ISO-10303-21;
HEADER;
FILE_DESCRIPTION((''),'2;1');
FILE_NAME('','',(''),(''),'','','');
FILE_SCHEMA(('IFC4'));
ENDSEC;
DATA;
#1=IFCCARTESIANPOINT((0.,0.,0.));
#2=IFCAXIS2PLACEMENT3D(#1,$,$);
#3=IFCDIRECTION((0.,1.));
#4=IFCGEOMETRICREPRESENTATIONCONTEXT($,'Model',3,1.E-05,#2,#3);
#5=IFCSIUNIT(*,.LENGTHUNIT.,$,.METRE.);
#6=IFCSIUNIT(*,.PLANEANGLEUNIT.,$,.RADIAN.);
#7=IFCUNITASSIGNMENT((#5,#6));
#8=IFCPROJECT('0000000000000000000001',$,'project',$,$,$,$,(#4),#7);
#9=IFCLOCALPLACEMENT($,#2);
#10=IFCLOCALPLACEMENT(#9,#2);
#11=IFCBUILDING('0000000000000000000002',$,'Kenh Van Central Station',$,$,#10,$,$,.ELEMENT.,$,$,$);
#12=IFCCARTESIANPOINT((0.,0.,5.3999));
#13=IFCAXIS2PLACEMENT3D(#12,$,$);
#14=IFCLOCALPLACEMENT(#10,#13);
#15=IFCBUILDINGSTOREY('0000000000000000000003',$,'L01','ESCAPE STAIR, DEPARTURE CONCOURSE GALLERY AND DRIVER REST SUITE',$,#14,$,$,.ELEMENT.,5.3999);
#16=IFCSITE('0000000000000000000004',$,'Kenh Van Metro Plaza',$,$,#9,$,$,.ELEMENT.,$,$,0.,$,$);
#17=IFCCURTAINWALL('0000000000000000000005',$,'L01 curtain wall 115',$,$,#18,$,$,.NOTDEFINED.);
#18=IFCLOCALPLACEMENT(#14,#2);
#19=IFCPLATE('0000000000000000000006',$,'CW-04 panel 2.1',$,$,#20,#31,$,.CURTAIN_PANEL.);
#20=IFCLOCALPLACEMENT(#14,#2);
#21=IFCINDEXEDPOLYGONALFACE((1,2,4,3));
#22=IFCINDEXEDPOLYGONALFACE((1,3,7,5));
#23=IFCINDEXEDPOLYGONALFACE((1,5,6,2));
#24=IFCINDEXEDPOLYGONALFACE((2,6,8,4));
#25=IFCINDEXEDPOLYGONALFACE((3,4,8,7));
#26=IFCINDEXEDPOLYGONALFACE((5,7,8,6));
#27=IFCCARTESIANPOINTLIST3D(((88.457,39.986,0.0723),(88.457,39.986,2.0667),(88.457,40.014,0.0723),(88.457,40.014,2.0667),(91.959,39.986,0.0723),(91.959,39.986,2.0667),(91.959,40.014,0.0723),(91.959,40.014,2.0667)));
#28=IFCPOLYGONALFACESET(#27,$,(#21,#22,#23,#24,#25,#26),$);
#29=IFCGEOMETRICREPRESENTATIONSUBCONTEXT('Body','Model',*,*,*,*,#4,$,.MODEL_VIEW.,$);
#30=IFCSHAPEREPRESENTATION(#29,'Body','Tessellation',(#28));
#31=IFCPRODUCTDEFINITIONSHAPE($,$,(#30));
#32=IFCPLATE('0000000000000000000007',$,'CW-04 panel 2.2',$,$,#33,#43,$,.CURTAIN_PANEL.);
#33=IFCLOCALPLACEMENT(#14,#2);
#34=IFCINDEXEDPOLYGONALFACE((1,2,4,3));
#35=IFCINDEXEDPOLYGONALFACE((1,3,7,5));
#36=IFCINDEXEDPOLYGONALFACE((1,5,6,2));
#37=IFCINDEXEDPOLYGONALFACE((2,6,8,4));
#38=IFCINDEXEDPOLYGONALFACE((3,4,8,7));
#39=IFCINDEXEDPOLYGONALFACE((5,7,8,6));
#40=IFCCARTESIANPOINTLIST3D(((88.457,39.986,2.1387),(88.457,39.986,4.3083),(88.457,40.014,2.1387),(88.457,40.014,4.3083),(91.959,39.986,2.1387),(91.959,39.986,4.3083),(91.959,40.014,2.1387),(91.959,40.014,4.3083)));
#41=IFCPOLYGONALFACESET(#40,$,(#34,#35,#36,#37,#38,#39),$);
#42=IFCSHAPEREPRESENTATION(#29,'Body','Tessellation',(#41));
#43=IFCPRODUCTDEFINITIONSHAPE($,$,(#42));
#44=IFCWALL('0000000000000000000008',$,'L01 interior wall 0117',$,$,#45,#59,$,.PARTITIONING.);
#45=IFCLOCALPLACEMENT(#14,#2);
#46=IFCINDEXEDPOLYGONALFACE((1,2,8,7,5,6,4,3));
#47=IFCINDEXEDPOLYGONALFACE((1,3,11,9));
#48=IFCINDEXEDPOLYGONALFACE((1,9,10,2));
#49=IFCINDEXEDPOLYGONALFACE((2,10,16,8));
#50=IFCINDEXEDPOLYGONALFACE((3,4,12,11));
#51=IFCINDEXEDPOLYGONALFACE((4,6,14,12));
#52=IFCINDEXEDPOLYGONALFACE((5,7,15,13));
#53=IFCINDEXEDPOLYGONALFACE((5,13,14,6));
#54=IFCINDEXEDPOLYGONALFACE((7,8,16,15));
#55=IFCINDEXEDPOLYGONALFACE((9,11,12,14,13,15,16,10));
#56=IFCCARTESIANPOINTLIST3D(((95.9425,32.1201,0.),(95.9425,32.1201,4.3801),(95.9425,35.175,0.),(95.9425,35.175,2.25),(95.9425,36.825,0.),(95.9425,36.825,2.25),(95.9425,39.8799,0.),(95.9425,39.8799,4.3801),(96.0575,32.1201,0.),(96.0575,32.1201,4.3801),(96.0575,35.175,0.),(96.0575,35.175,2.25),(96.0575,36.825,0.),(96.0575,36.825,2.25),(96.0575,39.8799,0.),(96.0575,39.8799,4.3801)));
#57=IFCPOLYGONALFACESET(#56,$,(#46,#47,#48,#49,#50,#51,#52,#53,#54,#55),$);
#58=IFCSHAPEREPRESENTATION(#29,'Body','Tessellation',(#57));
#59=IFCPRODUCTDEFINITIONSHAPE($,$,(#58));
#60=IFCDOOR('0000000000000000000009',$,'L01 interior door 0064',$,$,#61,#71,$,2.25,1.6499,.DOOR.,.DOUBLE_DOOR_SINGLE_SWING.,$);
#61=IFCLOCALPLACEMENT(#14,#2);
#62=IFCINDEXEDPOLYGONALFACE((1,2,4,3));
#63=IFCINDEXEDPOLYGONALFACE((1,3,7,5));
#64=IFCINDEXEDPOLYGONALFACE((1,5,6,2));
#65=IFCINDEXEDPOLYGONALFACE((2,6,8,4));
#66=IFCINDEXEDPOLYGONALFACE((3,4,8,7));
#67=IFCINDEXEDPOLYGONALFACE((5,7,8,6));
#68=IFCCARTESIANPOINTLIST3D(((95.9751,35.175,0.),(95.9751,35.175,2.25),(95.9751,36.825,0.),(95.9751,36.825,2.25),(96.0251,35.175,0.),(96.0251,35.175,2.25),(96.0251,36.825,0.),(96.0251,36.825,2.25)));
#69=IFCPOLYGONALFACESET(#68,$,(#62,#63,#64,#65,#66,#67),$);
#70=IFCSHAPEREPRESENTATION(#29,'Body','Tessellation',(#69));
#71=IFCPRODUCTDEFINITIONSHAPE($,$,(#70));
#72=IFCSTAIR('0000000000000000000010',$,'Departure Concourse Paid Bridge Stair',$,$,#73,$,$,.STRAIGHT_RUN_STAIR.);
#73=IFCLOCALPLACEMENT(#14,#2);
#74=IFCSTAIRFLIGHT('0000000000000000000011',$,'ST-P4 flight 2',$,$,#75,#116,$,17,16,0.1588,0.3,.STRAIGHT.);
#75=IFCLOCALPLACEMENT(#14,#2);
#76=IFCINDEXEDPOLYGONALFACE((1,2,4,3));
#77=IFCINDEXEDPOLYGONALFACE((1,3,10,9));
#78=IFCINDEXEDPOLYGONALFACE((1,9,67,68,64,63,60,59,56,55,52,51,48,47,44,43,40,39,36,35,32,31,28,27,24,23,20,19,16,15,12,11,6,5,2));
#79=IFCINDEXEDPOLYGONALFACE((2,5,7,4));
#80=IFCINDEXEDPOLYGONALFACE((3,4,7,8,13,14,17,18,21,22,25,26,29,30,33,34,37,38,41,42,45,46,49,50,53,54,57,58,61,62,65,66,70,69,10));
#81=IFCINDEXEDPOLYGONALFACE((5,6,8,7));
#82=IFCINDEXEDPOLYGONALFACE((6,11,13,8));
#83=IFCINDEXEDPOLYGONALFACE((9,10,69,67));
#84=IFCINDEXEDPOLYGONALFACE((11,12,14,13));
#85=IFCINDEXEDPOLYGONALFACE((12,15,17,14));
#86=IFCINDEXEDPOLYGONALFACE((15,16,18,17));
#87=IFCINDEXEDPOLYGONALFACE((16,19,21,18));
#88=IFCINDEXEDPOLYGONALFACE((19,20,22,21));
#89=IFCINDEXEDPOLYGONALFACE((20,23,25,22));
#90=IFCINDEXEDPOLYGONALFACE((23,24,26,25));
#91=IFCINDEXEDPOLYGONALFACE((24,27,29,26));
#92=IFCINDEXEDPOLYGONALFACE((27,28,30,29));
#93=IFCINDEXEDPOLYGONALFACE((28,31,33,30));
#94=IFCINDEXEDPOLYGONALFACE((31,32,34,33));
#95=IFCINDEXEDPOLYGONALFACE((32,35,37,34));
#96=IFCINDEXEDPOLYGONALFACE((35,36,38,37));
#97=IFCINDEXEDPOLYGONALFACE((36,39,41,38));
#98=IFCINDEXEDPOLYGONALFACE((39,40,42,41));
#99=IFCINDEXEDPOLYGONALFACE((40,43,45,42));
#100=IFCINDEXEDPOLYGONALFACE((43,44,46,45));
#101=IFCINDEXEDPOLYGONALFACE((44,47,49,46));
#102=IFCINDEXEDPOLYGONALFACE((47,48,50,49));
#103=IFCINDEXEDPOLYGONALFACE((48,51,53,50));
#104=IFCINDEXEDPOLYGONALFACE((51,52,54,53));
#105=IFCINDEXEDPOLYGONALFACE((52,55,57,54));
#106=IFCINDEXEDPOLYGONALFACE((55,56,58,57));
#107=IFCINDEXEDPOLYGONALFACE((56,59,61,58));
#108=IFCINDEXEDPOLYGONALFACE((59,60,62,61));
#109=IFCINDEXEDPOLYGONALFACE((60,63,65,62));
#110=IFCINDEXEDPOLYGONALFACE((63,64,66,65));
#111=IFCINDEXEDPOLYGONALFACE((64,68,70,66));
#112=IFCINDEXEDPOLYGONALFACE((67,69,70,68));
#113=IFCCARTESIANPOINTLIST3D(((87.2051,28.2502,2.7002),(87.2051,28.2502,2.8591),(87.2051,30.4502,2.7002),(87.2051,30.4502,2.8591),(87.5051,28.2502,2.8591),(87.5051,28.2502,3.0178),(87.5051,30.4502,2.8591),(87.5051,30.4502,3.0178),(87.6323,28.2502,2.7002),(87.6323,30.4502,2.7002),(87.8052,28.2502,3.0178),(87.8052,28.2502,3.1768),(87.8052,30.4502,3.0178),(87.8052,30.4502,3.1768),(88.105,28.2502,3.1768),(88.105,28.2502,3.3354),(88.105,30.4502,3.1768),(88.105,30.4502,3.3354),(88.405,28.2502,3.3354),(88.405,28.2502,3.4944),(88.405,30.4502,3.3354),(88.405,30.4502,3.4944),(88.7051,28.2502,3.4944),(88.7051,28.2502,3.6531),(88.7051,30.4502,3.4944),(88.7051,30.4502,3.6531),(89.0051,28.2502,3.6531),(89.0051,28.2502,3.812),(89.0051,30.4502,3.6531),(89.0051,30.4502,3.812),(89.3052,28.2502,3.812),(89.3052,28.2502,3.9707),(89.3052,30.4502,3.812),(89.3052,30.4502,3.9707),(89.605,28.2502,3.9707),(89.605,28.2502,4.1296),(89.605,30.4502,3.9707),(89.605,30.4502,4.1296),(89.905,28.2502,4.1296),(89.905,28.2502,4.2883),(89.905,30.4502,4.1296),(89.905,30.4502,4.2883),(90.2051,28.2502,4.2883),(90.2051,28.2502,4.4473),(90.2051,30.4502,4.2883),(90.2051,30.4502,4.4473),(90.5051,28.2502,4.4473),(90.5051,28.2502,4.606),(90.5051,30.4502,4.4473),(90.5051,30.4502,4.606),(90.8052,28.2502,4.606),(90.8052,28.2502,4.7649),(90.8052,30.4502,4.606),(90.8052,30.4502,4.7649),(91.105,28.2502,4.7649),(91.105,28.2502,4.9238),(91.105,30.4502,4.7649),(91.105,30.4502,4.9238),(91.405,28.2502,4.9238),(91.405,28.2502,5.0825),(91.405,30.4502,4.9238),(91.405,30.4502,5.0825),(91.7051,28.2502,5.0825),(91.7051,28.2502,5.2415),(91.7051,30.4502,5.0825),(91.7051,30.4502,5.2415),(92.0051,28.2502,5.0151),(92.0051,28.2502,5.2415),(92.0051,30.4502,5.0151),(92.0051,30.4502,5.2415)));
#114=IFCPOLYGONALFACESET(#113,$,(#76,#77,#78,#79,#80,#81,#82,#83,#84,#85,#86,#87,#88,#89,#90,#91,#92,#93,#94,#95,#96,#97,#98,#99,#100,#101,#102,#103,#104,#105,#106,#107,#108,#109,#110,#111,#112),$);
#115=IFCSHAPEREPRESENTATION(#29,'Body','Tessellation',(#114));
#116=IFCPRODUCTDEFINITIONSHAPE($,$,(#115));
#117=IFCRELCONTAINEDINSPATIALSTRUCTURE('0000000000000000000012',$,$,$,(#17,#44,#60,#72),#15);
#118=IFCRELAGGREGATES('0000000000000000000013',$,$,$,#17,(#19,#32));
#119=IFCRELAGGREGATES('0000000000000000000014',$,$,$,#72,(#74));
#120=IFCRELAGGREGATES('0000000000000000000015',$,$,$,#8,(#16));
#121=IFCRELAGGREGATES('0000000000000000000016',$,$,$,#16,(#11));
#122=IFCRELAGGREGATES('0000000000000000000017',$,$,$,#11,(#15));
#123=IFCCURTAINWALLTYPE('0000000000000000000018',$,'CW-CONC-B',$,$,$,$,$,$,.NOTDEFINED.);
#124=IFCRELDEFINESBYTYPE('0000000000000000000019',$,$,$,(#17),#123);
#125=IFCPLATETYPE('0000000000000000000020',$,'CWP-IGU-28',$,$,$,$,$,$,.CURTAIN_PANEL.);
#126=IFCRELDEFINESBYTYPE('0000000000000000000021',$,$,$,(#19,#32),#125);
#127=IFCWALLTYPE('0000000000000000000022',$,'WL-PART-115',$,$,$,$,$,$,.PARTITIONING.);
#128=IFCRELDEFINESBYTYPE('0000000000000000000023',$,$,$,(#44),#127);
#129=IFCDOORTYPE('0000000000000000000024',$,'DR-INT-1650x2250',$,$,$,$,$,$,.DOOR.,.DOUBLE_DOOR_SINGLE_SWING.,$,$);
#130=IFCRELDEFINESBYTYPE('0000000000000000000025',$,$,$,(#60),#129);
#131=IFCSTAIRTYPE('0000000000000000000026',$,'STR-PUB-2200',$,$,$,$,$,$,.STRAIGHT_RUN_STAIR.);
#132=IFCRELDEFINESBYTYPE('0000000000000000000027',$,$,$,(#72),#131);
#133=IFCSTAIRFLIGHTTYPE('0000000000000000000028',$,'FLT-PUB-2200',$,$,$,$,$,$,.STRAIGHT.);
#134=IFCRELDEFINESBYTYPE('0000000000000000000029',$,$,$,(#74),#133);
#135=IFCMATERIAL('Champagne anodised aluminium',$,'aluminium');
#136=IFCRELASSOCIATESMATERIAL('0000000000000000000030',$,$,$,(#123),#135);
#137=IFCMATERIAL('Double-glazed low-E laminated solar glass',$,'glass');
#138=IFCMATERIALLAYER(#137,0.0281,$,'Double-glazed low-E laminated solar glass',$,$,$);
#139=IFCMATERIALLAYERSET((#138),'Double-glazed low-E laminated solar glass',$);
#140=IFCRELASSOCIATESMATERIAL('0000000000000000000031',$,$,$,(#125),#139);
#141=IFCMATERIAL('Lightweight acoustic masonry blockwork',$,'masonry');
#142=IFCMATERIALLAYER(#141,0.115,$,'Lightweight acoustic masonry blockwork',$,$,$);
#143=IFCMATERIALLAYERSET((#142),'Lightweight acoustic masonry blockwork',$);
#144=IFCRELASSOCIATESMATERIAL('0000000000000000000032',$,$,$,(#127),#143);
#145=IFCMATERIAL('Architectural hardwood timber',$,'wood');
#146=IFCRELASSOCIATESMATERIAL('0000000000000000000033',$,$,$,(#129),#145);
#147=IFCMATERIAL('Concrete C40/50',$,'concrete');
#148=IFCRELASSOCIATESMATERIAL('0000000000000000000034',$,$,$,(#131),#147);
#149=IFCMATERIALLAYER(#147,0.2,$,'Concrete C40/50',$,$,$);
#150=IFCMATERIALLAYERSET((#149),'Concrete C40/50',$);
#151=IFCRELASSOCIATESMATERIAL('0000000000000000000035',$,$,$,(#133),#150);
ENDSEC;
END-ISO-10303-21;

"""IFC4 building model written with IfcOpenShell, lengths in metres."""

from ifc_helpers import new_model, si_unit, direction, frame, frame_2d, origin, origin_2d, place, context, subcontext, project, spatial, polyline, rectangle, outline, extrude, material, layer, layer_set, type_object, element, fill, aggregate, save


model = new_model("IFC4")

# Units and contexts
model_context = context("Model", 3, precision=1e-05, world=origin(), true_north=direction((0.0, 1.0)))
body_context = subcontext(model_context, "Body", "Model", "MODEL_VIEW")
ifc_project = project(units=[si_unit("LENGTHUNIT", "METRE"), si_unit("PLANEANGLEUNIT", "RADIAN")], contexts=[model_context])

# Site, building, storey
site_placement = place(None, origin())
site = spatial("IfcSite", under=ifc_project, at=site_placement, Name="Kenh Van Metro Plaza", CompositionType="ELEMENT", RefElevation=0.0)
building_placement = place(site_placement, origin())
building = spatial("IfcBuilding", under=site, at=building_placement, Name="Kenh Van Central Station", CompositionType="ELEMENT")
storey_placement = place(building_placement, frame((0.0, 0.0, 5.3999)))
storey = spatial("IfcBuildingStorey", under=building, at=storey_placement, Name="L01", Description="ESCAPE STAIR, DEPARTURE CONCOURSE GALLERY AND DRIVER REST SUITE", CompositionType="ELEMENT", Elevation=5.3999)

# Shared definitions
ifc_material_1 = material(Name="Concrete C40/50", Category="concrete")

# Shared definitions
ifc_material_2 = material(Name="Champagne anodised aluminium", Category="aluminium")
curtain_wall_type = type_object("IfcCurtainWallType", Name="CW-CONC-B", PredefinedType="NOTDEFINED", material=ifc_material_2)

# Curtain wall
curtain_wall_1_placement = place(storey_placement, origin())
curtain_wall_1 = element("IfcCurtainWall", 1, at=curtain_wall_1_placement, inside=storey, type_object=curtain_wall_type, Name="L01 curtain wall 115", PredefinedType="NOTDEFINED")

# Plates
ifc_material_3 = material(Name="Double-glazed low-E laminated solar glass", Category="glass")
ifc_layer_1 = layer(ifc_material_3, 0.0281, Name="Double-glazed low-E laminated solar glass")
ifc_layer_set_1 = layer_set([ifc_layer_1], Name="Double-glazed low-E laminated solar glass")
plate_type = type_object("IfcPlateType", Name="CWP-IGU-28", PredefinedType="CURTAIN_PANEL", material=ifc_layer_set_1)
plate_1_placement = place(storey_placement, frame((90.208, 40.0, 0.0723), z_axis=(0.0, 0.0, 1.0), x_axis=(-1.0, 0.0, 0.0)))
plate_1 = element("IfcPlate", 2, at=plate_1_placement, type_object=plate_type, Name="CW-04 panel 2.1", PredefinedType="CURTAIN_PANEL", context=body_context, shape_type="SweptSolid", body=[
    extrude(rectangle(XDim=3.502, YDim=0.0281, at=origin_2d()), origin(), (0.0, 0.0, 1.0), 1.9944),
])
plate_2_placement = place(storey_placement, frame((90.208, 40.0, 2.1387), z_axis=(0.0, 0.0, 1.0), x_axis=(-1.0, 0.0, 0.0)))
plate_2 = element("IfcPlate", 3, at=plate_2_placement, type_object=plate_type, Name="CW-04 panel 2.2", PredefinedType="CURTAIN_PANEL", context=body_context, shape_type="SweptSolid", body=[
    extrude(rectangle(XDim=3.502, YDim=0.0281, at=origin_2d()), origin(), (0.0, 0.0, 1.0), 2.1697),
])
aggregate(curtain_wall_1, [plate_1, plate_2])

# Wall, opening, door
ifc_material_4 = material(Name="Lightweight acoustic masonry blockwork", Category="masonry")
ifc_layer_2 = layer(ifc_material_4, 0.115, Name="Lightweight acoustic masonry blockwork")
ifc_layer_set_2 = layer_set([ifc_layer_2], Name="Lightweight acoustic masonry blockwork")
wall_type = type_object("IfcWallType", Name="WL-PART-115", PredefinedType="PARTITIONING", material=ifc_layer_set_2)
wall_placement = place(storey_placement, frame((96.0, 32.1201, 0.0), z_axis=(0.0, 0.0, 1.0), x_axis=(0.0, 1.0, 0.0)))
wall = element("IfcWall", 4, at=wall_placement, inside=storey, type_object=wall_type, Name="L01 interior wall 0117", PredefinedType="PARTITIONING", context=body_context, shape_type="SweptSolid", body=[
    extrude(rectangle(XDim=7.7598, YDim=0.115, at=frame_2d((3.8799, 0.0))), origin(), (0.0, 0.0, 1.0), 4.3801),
])
opening_placement = place(wall_placement, frame((3.0549, 0.0, 0.0)))
opening = element("IfcOpeningElement", 5, at=opening_placement, cuts=wall, PredefinedType="OPENING", context=body_context, shape_type="SweptSolid", body=[
    extrude(rectangle(XDim=1.6499, YDim=2.25, at=frame_2d((0.825, 1.125))), frame((0.0, 0.0674, 0.0), z_axis=(0.0, -1.0, 0.0), x_axis=(1.0, 0.0, 0.0)), (0.0, 0.0, 1.0), 0.135),
])
ifc_material_5 = material(Name="Architectural hardwood timber", Category="wood")
door_type = type_object("IfcDoorType", Name="DR-INT-1650x2250", OperationType="DOUBLE_DOOR_SINGLE_SWING", PredefinedType="DOOR", material=ifc_material_5)
door_placement = place(opening_placement, origin())
door = element("IfcDoor", 6, at=door_placement, inside=storey, type_object=door_type, Name="L01 interior door 0064", OperationType="DOUBLE_DOOR_SINGLE_SWING", OverallHeight=2.25, OverallWidth=1.6499, PredefinedType="DOOR", context=body_context, shape_type="SweptSolid", body=[
    extrude(rectangle(XDim=1.6499, YDim=2.25, at=frame_2d((0.825, 1.125))), frame((0.0, 0.0249, 0.0), z_axis=(0.0, -1.0, 0.0), x_axis=(1.0, 0.0, 0.0)), (0.0, 0.0, 1.0), 0.05),
])
fill(opening, door)

# Stair, stair flight
stair_type = type_object("IfcStairType", Name="STR-PUB-2200", PredefinedType="STRAIGHT_RUN_STAIR", material=ifc_material_1)
stair_placement = place(storey_placement, origin())
stair = element("IfcStair", 7, at=stair_placement, inside=storey, type_object=stair_type, Name="Departure Concourse Paid Bridge Stair", PredefinedType="STRAIGHT_RUN_STAIR")
ifc_layer_3 = layer(ifc_material_1, 0.2, Name="Concrete C40/50")
ifc_layer_set_3 = layer_set([ifc_layer_3], Name="Concrete C40/50")
stair_flight_type = type_object("IfcStairFlightType", Name="FLT-PUB-2200", PredefinedType="STRAIGHT", material=ifc_layer_set_3)
stair_flight_placement = place(storey_placement, frame((87.2051, 29.3501, 2.7002), z_axis=(0.0, 0.0, 1.0), x_axis=(1.0, 0.0, 0.0)))
stair_flight = element("IfcStairFlight", 8, at=stair_flight_placement, type_object=stair_flight_type, Name="ST-P4 flight 2", NumberOfRisers=17, NumberOfTreads=16, PredefinedType="STRAIGHT", RiserHeight=0.1588, TreadLength=0.3, context=body_context, shape_type="SweptSolid", body=[
    extrude(outline(polyline([(0.0, 0.0), (0.0, 0.1589), (0.3, 0.1589), (0.3, 0.3176), (0.6001, 0.3176), (0.6001, 0.4766), (0.8999, 0.4766), (0.8999, 0.6353), (1.2, 0.6353), (1.2, 0.7942), (1.5, 0.7942), (1.5, 0.9529), (1.8, 0.9529), (1.8, 1.1118), (2.1001, 1.1118), (2.1001, 1.2705), (2.3999, 1.2705), (2.3999, 1.4294), (2.7, 1.4294), (2.7, 1.5881), (3.0, 1.5881), (3.0, 1.7471), (3.3, 1.7471), (3.3, 1.9058), (3.6001, 1.9058), (3.6001, 2.0647), (3.8999, 2.0647), (3.8999, 2.2236), (4.2, 2.2236), (4.2, 2.3823), (4.5, 2.3823), (4.5, 2.5413), (4.8, 2.5413), (4.8, 2.7), (4.8, 2.3149), (0.4272, 0.0), (0.0, 0.0)])), frame((0.0, 1.1001, 0.0), z_axis=(0.0, -1.0, 0.0), x_axis=(1.0, 0.0, 0.0)), (0.0, 0.0, 1.0), 2.2),
])
aggregate(stair, [stair_flight])

save(model, "model.ifc")
